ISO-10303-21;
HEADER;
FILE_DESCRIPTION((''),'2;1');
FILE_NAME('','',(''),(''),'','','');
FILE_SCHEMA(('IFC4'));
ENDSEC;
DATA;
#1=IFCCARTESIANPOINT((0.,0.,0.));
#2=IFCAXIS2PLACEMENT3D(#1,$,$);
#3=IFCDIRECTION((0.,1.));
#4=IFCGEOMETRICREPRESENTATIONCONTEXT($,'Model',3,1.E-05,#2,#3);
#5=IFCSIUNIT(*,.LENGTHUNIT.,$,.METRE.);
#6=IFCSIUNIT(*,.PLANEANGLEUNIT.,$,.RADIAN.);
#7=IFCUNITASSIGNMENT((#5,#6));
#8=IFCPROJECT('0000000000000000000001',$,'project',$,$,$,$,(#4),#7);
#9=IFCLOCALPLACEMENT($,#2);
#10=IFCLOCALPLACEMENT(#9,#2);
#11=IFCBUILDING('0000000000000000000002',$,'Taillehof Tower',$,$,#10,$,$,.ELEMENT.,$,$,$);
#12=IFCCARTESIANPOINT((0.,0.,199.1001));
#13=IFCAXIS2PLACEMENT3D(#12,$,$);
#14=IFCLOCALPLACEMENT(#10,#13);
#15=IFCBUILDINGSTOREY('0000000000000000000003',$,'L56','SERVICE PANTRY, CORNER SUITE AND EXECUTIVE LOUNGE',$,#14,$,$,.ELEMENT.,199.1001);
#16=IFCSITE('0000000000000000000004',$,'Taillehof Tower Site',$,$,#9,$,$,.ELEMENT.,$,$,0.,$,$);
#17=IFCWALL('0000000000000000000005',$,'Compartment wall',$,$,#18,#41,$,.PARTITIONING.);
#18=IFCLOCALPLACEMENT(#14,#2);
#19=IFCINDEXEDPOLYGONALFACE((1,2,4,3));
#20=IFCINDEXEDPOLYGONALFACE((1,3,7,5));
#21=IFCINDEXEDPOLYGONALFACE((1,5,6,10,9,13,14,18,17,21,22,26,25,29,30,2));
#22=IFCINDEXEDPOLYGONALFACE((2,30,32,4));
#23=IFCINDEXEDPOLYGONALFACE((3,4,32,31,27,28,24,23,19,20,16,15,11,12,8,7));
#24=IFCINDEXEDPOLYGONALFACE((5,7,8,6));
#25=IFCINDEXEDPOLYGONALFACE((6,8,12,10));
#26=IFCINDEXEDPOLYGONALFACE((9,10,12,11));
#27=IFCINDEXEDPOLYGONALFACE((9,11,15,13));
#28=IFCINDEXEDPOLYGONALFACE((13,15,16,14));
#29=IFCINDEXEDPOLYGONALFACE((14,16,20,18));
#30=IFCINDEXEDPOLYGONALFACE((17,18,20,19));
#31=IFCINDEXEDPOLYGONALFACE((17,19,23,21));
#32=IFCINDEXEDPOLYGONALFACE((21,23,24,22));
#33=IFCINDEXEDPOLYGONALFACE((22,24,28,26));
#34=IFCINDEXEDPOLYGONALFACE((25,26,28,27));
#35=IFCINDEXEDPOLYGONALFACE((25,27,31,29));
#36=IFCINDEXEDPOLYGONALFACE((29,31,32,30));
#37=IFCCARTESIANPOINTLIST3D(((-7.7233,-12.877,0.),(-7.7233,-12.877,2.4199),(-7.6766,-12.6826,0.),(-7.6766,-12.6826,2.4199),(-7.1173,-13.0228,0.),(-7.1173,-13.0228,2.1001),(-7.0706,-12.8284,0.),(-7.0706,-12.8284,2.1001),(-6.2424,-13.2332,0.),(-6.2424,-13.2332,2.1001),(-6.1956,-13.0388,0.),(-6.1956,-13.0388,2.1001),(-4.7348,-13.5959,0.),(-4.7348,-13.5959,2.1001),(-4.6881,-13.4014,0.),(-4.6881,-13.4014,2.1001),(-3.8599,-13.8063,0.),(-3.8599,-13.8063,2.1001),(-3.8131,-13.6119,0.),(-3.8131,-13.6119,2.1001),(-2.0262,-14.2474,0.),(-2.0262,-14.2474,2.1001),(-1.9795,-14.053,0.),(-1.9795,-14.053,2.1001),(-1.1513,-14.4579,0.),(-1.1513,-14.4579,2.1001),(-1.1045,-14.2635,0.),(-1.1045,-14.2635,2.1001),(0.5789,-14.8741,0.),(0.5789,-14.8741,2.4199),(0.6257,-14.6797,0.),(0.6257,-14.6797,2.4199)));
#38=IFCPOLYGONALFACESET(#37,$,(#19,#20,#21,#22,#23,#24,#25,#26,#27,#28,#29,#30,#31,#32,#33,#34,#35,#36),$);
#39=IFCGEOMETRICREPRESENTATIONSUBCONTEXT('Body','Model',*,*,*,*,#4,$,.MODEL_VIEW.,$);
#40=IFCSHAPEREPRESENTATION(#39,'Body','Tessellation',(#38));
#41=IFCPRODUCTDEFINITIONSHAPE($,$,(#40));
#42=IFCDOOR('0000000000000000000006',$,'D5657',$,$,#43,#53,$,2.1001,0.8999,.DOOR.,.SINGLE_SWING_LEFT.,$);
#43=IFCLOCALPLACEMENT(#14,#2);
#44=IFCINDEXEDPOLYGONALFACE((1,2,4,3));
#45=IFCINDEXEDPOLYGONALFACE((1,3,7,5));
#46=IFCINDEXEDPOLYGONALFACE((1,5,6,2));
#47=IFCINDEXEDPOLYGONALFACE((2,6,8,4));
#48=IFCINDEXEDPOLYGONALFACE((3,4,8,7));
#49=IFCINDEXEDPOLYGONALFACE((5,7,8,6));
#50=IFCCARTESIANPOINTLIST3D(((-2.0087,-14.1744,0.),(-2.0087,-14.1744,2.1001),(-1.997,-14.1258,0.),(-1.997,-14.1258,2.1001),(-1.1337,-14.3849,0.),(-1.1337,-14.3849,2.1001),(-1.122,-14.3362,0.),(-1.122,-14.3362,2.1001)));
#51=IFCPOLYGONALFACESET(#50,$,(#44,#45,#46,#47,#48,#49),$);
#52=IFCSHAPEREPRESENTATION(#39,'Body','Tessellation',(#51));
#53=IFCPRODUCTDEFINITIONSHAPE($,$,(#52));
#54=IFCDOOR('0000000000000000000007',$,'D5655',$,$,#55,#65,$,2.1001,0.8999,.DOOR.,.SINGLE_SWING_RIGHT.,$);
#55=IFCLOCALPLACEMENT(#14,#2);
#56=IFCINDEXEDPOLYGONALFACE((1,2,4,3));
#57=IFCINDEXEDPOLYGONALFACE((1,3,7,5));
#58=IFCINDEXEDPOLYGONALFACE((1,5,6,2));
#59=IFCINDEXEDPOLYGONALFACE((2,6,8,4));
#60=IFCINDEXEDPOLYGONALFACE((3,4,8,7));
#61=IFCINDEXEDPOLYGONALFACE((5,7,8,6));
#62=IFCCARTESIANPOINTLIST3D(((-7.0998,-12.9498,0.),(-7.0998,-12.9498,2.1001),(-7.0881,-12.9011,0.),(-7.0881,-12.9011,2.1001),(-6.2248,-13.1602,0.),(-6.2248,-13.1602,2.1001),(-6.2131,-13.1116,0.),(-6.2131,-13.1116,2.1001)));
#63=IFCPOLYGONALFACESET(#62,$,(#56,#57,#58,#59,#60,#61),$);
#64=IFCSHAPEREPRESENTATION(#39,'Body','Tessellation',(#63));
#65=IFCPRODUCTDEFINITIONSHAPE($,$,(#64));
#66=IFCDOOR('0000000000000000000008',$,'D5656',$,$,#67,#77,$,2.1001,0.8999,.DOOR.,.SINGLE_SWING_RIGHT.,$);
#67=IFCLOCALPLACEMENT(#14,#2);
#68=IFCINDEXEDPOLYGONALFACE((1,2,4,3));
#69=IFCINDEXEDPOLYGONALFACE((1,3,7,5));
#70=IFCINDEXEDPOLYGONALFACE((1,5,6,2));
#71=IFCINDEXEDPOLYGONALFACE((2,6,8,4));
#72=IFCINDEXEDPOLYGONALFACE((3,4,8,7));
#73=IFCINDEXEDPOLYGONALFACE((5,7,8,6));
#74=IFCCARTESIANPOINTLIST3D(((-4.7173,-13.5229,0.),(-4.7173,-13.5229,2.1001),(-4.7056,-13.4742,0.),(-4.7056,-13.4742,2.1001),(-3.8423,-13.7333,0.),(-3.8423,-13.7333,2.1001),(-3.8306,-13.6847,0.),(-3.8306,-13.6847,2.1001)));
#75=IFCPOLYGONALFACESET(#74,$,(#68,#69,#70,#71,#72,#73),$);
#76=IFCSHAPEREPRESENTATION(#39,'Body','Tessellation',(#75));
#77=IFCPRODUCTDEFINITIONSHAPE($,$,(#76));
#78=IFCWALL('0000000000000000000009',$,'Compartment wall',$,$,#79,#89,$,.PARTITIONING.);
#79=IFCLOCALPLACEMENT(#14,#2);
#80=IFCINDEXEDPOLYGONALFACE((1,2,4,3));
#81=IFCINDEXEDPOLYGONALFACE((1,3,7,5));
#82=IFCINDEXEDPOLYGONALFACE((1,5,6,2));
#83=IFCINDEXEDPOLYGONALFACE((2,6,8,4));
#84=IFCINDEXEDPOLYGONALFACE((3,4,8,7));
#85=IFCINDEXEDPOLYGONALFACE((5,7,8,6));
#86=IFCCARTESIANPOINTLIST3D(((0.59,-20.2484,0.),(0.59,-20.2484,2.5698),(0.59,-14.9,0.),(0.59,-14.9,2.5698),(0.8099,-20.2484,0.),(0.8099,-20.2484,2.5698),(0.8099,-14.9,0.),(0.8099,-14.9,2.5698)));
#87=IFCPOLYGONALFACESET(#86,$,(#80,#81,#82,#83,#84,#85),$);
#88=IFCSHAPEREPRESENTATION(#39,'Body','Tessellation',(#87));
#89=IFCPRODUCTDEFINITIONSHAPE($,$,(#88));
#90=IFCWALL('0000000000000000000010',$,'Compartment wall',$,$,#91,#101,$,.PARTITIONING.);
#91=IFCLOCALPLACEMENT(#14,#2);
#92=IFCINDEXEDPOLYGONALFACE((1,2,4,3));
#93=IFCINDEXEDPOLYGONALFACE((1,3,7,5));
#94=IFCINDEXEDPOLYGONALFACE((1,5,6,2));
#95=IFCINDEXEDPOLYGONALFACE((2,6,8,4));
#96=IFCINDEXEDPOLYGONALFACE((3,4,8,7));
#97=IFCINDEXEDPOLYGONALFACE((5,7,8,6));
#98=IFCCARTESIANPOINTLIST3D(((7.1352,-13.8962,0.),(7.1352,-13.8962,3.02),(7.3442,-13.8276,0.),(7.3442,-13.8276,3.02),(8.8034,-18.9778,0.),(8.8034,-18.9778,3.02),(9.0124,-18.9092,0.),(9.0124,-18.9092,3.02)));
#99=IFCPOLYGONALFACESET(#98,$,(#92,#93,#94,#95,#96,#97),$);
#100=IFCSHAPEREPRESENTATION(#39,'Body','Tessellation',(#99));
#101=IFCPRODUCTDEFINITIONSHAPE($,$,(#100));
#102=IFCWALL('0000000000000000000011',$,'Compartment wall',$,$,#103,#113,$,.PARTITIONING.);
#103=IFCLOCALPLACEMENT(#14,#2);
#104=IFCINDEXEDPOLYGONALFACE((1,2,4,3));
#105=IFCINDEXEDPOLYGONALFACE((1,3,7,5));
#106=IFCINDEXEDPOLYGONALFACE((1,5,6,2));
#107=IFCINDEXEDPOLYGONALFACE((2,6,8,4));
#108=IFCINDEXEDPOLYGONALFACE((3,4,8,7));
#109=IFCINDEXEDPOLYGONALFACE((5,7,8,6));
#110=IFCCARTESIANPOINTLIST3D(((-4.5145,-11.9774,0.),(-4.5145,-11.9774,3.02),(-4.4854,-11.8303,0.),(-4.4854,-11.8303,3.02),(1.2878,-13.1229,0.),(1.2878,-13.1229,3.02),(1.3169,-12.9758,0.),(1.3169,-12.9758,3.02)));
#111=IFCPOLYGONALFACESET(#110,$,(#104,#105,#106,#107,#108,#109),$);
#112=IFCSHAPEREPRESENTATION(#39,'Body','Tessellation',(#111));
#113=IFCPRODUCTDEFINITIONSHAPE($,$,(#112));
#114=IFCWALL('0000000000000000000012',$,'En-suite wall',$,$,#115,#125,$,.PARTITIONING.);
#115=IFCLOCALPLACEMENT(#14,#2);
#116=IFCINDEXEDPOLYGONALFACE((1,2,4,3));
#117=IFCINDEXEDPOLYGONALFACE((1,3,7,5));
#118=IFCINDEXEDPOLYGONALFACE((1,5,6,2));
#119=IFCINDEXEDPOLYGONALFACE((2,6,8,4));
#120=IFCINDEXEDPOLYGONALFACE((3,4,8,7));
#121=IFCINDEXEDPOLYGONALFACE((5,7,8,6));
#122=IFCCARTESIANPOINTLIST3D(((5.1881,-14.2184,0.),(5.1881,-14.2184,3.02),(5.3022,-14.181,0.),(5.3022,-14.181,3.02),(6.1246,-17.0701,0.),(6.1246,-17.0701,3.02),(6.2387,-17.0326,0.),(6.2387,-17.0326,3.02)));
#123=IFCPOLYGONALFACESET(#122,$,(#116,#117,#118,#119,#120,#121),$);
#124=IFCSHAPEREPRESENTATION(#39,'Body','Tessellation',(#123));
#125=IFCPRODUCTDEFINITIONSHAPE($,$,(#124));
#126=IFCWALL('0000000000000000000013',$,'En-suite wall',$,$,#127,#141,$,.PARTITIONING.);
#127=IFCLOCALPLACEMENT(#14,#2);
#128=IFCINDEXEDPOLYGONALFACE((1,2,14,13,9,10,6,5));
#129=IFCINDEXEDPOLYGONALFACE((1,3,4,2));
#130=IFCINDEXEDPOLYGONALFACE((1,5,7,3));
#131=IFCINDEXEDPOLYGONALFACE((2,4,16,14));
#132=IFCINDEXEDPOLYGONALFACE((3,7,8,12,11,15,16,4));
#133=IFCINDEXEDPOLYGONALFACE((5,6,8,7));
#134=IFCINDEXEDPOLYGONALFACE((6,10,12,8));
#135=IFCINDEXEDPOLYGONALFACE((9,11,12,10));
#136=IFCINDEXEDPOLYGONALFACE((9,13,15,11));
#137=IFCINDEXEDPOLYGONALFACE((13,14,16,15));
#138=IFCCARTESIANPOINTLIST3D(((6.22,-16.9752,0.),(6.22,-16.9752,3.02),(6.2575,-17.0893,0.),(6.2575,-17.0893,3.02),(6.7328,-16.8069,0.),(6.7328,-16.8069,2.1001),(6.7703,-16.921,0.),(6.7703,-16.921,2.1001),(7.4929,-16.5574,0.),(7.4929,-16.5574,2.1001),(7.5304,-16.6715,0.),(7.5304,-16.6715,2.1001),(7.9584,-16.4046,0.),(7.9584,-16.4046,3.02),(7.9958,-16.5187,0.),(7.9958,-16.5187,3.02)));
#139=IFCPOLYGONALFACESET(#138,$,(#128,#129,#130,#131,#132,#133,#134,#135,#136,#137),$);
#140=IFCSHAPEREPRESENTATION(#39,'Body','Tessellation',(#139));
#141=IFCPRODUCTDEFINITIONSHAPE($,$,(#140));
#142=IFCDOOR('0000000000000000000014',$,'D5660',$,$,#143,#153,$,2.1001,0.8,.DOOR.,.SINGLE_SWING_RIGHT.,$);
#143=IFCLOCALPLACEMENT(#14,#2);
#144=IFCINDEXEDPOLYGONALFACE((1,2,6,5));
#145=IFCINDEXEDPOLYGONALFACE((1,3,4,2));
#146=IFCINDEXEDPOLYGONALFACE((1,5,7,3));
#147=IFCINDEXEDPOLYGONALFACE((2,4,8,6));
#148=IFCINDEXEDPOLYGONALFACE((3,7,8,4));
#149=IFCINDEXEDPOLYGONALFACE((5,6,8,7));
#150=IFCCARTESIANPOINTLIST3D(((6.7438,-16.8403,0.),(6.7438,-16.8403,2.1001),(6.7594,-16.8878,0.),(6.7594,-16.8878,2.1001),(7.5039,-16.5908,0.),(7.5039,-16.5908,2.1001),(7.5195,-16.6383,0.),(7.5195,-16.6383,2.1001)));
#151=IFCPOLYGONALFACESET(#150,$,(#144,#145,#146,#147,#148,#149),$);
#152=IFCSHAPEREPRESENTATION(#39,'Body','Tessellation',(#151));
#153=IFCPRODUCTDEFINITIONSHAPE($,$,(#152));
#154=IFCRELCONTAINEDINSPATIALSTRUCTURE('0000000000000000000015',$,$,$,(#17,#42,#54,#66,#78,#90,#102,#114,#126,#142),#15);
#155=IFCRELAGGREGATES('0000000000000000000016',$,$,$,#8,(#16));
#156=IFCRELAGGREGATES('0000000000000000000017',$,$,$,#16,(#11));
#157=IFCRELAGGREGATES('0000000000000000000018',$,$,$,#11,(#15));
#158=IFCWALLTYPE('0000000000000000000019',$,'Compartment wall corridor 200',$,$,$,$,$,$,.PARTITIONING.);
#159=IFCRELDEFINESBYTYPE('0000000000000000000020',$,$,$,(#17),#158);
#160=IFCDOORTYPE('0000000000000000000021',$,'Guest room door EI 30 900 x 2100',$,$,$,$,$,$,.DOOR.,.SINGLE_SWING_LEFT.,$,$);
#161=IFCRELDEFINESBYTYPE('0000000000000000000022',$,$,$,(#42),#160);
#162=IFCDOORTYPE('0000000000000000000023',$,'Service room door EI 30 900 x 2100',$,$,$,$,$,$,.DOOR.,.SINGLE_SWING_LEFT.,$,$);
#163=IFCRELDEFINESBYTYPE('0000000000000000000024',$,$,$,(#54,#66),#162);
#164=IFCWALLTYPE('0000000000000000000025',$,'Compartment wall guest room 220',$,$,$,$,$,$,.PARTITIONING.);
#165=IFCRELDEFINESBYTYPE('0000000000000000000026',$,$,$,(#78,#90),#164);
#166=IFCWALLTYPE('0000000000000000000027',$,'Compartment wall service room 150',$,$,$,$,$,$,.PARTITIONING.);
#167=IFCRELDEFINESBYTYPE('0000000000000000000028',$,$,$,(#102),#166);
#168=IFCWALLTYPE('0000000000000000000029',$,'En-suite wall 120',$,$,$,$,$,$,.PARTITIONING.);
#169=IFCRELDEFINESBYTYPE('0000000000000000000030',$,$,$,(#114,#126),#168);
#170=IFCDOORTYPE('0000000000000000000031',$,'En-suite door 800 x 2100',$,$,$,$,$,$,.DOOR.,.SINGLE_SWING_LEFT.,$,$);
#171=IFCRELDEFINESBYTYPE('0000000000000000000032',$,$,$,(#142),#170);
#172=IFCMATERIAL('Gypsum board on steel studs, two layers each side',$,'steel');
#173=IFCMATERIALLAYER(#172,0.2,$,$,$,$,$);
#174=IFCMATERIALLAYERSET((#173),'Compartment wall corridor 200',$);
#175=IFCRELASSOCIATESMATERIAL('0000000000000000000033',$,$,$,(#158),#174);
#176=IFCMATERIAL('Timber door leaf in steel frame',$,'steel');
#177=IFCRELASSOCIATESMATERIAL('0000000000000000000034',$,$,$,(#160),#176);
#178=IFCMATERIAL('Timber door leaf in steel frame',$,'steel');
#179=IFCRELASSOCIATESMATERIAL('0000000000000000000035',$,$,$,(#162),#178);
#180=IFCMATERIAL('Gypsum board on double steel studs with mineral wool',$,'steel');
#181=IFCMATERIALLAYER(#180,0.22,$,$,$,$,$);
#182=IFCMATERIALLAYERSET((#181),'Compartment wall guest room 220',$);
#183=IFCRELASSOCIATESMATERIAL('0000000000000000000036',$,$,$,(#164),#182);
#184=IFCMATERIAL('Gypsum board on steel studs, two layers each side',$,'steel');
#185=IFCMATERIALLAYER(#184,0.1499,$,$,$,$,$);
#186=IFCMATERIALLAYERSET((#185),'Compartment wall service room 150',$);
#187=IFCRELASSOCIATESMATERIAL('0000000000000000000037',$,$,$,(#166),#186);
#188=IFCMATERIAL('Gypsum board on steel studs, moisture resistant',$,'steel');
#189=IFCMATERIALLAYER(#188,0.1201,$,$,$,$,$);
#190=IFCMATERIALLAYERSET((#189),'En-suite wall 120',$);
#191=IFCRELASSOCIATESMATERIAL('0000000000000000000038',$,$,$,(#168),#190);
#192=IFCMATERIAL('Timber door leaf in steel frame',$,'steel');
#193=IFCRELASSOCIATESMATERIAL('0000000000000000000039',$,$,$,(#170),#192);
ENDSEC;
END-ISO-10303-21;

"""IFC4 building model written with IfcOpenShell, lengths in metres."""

from ifc_helpers import new_model, si_unit, direction, frame, frame_2d, origin, place, context, subcontext, project, spatial, rectangle, extrude, material, layer, layer_set, type_object, element, fill, save


model = new_model("IFC4")

# Units and contexts
model_context = context("Model", 3, precision=1e-05, world=origin(), true_north=direction((0.0, 1.0)))
body_context = subcontext(model_context, "Body", "Model", "MODEL_VIEW")
ifc_project = project(units=[si_unit("LENGTHUNIT", "METRE"), si_unit("PLANEANGLEUNIT", "RADIAN")], contexts=[model_context])

# Site, building, storey
site_placement = place(None, origin())
site = spatial("IfcSite", under=ifc_project, at=site_placement, Name="Taillehof Tower Site", CompositionType="ELEMENT", RefElevation=0.0)
building_placement = place(site_placement, origin())
building = spatial("IfcBuilding", under=site, at=building_placement, Name="Taillehof Tower", CompositionType="ELEMENT")
storey_placement = place(building_placement, frame((0.0, 0.0, 199.1001)))
storey = spatial("IfcBuildingStorey", under=building, at=storey_placement, Name="L56", Description="SERVICE PANTRY, CORNER SUITE AND EXECUTIVE LOUNGE", CompositionType="ELEMENT", Elevation=199.1001)

# Shared definitions
ifc_material_1 = material(Name="Gypsum board on steel studs, two layers each side", Category="steel")
ifc_layer_1 = layer(ifc_material_1, 0.2)
ifc_layer_set_1 = layer_set([ifc_layer_1], Name="Compartment wall corridor 200")
wall_type_1 = type_object("IfcWallType", Name="Compartment wall corridor 200", PredefinedType="PARTITIONING", material=ifc_layer_set_1)

# Wall, openings, doors
wall_1_placement = place(storey_placement, frame((0.6023, -14.7769, 0.0), z_axis=(0.0, 0.0, 1.0), x_axis=(-0.972267, 0.233875, 0.0)))
wall_1 = element("IfcWall", 1, at=wall_1_placement, inside=storey, type_object=wall_type_1, Name="Compartment wall", PredefinedType="PARTITIONING", context=body_context, shape_type="SweptSolid", body=[
    extrude(rectangle(XDim=8.5391, YDim=0.2, at=frame_2d((4.2695, 0.0))), origin(), (0.0, 0.0, 1.0), 2.4199),
])
opening_1_placement = place(wall_1_placement, frame((7.0159, 0.0, 0.0)))
opening_1 = element("IfcOpeningElement", 2, at=opening_1_placement, cuts=wall_1, PredefinedType="OPENING", context=body_context, shape_type="SweptSolid", body=[
    extrude(rectangle(XDim=0.8999, YDim=2.1001, at=frame_2d((0.45, 1.05))), frame((0.0, 0.1099, 0.0), z_axis=(0.0, -1.0, 0.0), x_axis=(1.0, 0.0, 0.0)), (0.0, 0.0, 1.0), 0.22),
])
opening_2_placement = place(wall_1_placement, frame((4.5654, 0.0, 0.0)))
opening_2 = element("IfcOpeningElement", 3, at=opening_2_placement, cuts=wall_1, PredefinedType="OPENING", context=body_context, shape_type="SweptSolid", body=[
    extrude(rectangle(XDim=0.8999, YDim=2.1001, at=frame_2d((0.45, 1.05))), frame((0.0, 0.1099, 0.0), z_axis=(0.0, -1.0, 0.0), x_axis=(1.0, 0.0, 0.0)), (0.0, 0.0, 1.0), 0.22),
])
opening_3_placement = place(wall_1_placement, frame((1.7795, 0.0, 0.0)))
opening_3 = element("IfcOpeningElement", 4, at=opening_3_placement, cuts=wall_1, PredefinedType="OPENING", context=body_context, shape_type="SweptSolid", body=[
    extrude(rectangle(XDim=0.8999, YDim=2.1001, at=frame_2d((0.45, 1.05))), frame((0.0, 0.1099, 0.0), z_axis=(0.0, -1.0, 0.0), x_axis=(1.0, 0.0, 0.0)), (0.0, 0.0, 1.0), 0.22),
])
ifc_material_2 = material(Name="Timber door leaf in steel frame", Category="steel")
door_type_1 = type_object("IfcDoorType", Name="Guest room door EI 30 900 x 2100", OperationType="SINGLE_SWING_LEFT", PredefinedType="DOOR", material=ifc_material_2)
door_1_placement = place(opening_3_placement, origin())
door_1 = element("IfcDoor", 5, at=door_1_placement, inside=storey, type_object=door_type_1, Name="D5657", OperationType="SINGLE_SWING_LEFT", OverallHeight=2.1001, OverallWidth=0.8999, PredefinedType="DOOR", context=body_context, shape_type="SweptSolid", body=[
    extrude(rectangle(XDim=0.8999, YDim=2.1001, at=frame_2d((0.45, 1.05))), frame((0.0, 0.0249, 0.0), z_axis=(0.0, -1.0, 0.0), x_axis=(1.0, 0.0, 0.0)), (0.0, 0.0, 1.0), 0.05),
])
fill(opening_3, door_1)
ifc_material_3 = material(Name="Timber door leaf in steel frame", Category="steel")
door_type_2 = type_object("IfcDoorType", Name="Service room door EI 30 900 x 2100", OperationType="SINGLE_SWING_LEFT", PredefinedType="DOOR", material=ifc_material_3)
door_2_placement = place(opening_1_placement, origin())
door_2 = element("IfcDoor", 6, at=door_2_placement, inside=storey, type_object=door_type_2, Name="D5655", OperationType="SINGLE_SWING_RIGHT", OverallHeight=2.1001, OverallWidth=0.8999, PredefinedType="DOOR", context=body_context, shape_type="SweptSolid", body=[
    extrude(rectangle(XDim=0.8999, YDim=2.1001, at=frame_2d((0.45, 1.05))), frame((0.0, 0.0249, 0.0), z_axis=(0.0, -1.0, 0.0), x_axis=(1.0, 0.0, 0.0)), (0.0, 0.0, 1.0), 0.05),
])
fill(opening_1, door_2)
door_3_placement = place(opening_2_placement, origin())
door_3 = element("IfcDoor", 7, at=door_3_placement, inside=storey, type_object=door_type_2, Name="D5656", OperationType="SINGLE_SWING_RIGHT", OverallHeight=2.1001, OverallWidth=0.8999, PredefinedType="DOOR", context=body_context, shape_type="SweptSolid", body=[
    extrude(rectangle(XDim=0.8999, YDim=2.1001, at=frame_2d((0.45, 1.05))), frame((0.0, 0.0249, 0.0), z_axis=(0.0, -1.0, 0.0), x_axis=(1.0, 0.0, 0.0)), (0.0, 0.0, 1.0), 0.05),
])
fill(opening_2, door_3)

# Walls
ifc_material_4 = material(Name="Gypsum board on double steel studs with mineral wool", Category="steel")
ifc_layer_2 = layer(ifc_material_4, 0.22)
ifc_layer_set_2 = layer_set([ifc_layer_2], Name="Compartment wall guest room 220")
wall_type_2 = type_object("IfcWallType", Name="Compartment wall guest room 220", PredefinedType="PARTITIONING", material=ifc_layer_set_2)
wall_2_placement = place(storey_placement, frame((0.7, -20.2485, 0.0), z_axis=(0.0, 0.0, 1.0), x_axis=(0.0, 1.0, 0.0)))
element("IfcWall", 8, at=wall_2_placement, inside=storey, type_object=wall_type_2, Name="Compartment wall", PredefinedType="PARTITIONING", context=body_context, shape_type="SweptSolid", body=[
    extrude(rectangle(XDim=5.3484, YDim=0.22, at=frame_2d((2.6743, 0.0))), origin(), (0.0, 0.0, 1.0), 2.5698),
])
wall_3_placement = place(storey_placement, frame((8.908, -18.9436, 0.0), z_axis=(0.0, 0.0, 1.0), x_axis=(-0.311911, 0.950111, 0.0)))
element("IfcWall", 9, at=wall_3_placement, inside=storey, type_object=wall_type_2, Name="Compartment wall", PredefinedType="PARTITIONING", context=body_context, shape_type="SweptSolid", body=[
    extrude(rectangle(XDim=5.3484, YDim=0.22, at=frame_2d((2.6743, 0.0))), origin(), (0.0, 0.0, 1.0), 3.02),
])
ifc_material_5 = material(Name="Gypsum board on steel studs, two layers each side", Category="steel")
ifc_layer_3 = layer(ifc_material_5, 0.1499)
ifc_layer_set_3 = layer_set([ifc_layer_3], Name="Compartment wall service room 150")
wall_type_3 = type_object("IfcWallType", Name="Compartment wall service room 150", PredefinedType="PARTITIONING", material=ifc_layer_set_3)
wall_4_placement = place(storey_placement, frame((1.3022, -13.0493, 0.0), z_axis=(0.0, 0.0, 1.0), x_axis=(-0.981064, 0.193686, 0.0)))
element("IfcWall", 10, at=wall_4_placement, inside=storey, type_object=wall_type_3, Name="Compartment wall", PredefinedType="PARTITIONING", context=body_context, shape_type="SweptSolid", body=[
    extrude(rectangle(XDim=5.9143, YDim=0.1499, at=frame_2d((2.957, 0.0))), origin(), (0.0, 0.0, 1.0), 3.02),
])
ifc_material_6 = material(Name="Gypsum board on steel studs, moisture resistant", Category="steel")
ifc_layer_4 = layer(ifc_material_6, 0.1201)
ifc_layer_set_4 = layer_set([ifc_layer_4], Name="En-suite wall 120")
wall_type_4 = type_object("IfcWallType", Name="En-suite wall 120", PredefinedType="PARTITIONING", material=ifc_layer_set_4)
wall_5_placement = place(storey_placement, frame((5.2451, -14.1997, 0.0), z_axis=(0.0, 0.0, 1.0), x_axis=(0.312027, -0.950073, 0.0)))
element("IfcWall", 11, at=wall_5_placement, inside=storey, type_object=wall_type_4, Name="En-suite wall", PredefinedType="PARTITIONING", context=body_context, shape_type="SweptSolid", body=[
    extrude(rectangle(XDim=3.0015, YDim=0.1201, at=frame_2d((1.5007, 0.0))), origin(), (0.0, 0.0, 1.0), 3.02),
])

# Wall, opening, door
wall_6_placement = place(storey_placement, frame((6.2388, -17.0322, 0.0), z_axis=(0.0, 0.0, 1.0), x_axis=(0.950128, 0.311861, 0.0)))
wall_6 = element("IfcWall", 12, at=wall_6_placement, inside=storey, type_object=wall_type_4, Name="En-suite wall", PredefinedType="PARTITIONING", context=body_context, shape_type="SweptSolid", body=[
    extrude(rectangle(XDim=1.8296, YDim=0.1201, at=frame_2d((0.9148, 0.0))), origin(), (0.0, 0.0, 1.0), 3.02),
])
opening_4_placement = place(wall_6_placement, frame((0.5398, 0.0, 0.0)))
opening_4 = element("IfcOpeningElement", 13, at=opening_4_placement, cuts=wall_6, PredefinedType="OPENING", context=body_context, shape_type="SweptSolid", body=[
    extrude(rectangle(XDim=0.8, YDim=2.1001, at=frame_2d((0.3999, 1.05))), frame((0.0, 0.0701, 0.0), z_axis=(0.0, -1.0, 0.0), x_axis=(1.0, 0.0, 0.0)), (0.0, 0.0, 1.0), 0.1401),
])
ifc_material_7 = material(Name="Timber door leaf in steel frame", Category="steel")
door_type_3 = type_object("IfcDoorType", Name="En-suite door 800 x 2100", OperationType="SINGLE_SWING_LEFT", PredefinedType="DOOR", material=ifc_material_7)
door_4_placement = place(opening_4_placement, origin())
door_4 = element("IfcDoor", 14, at=door_4_placement, inside=storey, type_object=door_type_3, Name="D5660", OperationType="SINGLE_SWING_RIGHT", OverallHeight=2.1001, OverallWidth=0.8, PredefinedType="DOOR", context=body_context, shape_type="SweptSolid", body=[
    extrude(rectangle(XDim=0.8, YDim=2.1001, at=frame_2d((0.3999, 1.05))), frame((0.0, 0.0249, 0.0), z_axis=(0.0, -1.0, 0.0), x_axis=(1.0, 0.0, 0.0)), (0.0, 0.0, 1.0), 0.05),
])
fill(opening_4, door_4)

save(model, "model.ifc")
